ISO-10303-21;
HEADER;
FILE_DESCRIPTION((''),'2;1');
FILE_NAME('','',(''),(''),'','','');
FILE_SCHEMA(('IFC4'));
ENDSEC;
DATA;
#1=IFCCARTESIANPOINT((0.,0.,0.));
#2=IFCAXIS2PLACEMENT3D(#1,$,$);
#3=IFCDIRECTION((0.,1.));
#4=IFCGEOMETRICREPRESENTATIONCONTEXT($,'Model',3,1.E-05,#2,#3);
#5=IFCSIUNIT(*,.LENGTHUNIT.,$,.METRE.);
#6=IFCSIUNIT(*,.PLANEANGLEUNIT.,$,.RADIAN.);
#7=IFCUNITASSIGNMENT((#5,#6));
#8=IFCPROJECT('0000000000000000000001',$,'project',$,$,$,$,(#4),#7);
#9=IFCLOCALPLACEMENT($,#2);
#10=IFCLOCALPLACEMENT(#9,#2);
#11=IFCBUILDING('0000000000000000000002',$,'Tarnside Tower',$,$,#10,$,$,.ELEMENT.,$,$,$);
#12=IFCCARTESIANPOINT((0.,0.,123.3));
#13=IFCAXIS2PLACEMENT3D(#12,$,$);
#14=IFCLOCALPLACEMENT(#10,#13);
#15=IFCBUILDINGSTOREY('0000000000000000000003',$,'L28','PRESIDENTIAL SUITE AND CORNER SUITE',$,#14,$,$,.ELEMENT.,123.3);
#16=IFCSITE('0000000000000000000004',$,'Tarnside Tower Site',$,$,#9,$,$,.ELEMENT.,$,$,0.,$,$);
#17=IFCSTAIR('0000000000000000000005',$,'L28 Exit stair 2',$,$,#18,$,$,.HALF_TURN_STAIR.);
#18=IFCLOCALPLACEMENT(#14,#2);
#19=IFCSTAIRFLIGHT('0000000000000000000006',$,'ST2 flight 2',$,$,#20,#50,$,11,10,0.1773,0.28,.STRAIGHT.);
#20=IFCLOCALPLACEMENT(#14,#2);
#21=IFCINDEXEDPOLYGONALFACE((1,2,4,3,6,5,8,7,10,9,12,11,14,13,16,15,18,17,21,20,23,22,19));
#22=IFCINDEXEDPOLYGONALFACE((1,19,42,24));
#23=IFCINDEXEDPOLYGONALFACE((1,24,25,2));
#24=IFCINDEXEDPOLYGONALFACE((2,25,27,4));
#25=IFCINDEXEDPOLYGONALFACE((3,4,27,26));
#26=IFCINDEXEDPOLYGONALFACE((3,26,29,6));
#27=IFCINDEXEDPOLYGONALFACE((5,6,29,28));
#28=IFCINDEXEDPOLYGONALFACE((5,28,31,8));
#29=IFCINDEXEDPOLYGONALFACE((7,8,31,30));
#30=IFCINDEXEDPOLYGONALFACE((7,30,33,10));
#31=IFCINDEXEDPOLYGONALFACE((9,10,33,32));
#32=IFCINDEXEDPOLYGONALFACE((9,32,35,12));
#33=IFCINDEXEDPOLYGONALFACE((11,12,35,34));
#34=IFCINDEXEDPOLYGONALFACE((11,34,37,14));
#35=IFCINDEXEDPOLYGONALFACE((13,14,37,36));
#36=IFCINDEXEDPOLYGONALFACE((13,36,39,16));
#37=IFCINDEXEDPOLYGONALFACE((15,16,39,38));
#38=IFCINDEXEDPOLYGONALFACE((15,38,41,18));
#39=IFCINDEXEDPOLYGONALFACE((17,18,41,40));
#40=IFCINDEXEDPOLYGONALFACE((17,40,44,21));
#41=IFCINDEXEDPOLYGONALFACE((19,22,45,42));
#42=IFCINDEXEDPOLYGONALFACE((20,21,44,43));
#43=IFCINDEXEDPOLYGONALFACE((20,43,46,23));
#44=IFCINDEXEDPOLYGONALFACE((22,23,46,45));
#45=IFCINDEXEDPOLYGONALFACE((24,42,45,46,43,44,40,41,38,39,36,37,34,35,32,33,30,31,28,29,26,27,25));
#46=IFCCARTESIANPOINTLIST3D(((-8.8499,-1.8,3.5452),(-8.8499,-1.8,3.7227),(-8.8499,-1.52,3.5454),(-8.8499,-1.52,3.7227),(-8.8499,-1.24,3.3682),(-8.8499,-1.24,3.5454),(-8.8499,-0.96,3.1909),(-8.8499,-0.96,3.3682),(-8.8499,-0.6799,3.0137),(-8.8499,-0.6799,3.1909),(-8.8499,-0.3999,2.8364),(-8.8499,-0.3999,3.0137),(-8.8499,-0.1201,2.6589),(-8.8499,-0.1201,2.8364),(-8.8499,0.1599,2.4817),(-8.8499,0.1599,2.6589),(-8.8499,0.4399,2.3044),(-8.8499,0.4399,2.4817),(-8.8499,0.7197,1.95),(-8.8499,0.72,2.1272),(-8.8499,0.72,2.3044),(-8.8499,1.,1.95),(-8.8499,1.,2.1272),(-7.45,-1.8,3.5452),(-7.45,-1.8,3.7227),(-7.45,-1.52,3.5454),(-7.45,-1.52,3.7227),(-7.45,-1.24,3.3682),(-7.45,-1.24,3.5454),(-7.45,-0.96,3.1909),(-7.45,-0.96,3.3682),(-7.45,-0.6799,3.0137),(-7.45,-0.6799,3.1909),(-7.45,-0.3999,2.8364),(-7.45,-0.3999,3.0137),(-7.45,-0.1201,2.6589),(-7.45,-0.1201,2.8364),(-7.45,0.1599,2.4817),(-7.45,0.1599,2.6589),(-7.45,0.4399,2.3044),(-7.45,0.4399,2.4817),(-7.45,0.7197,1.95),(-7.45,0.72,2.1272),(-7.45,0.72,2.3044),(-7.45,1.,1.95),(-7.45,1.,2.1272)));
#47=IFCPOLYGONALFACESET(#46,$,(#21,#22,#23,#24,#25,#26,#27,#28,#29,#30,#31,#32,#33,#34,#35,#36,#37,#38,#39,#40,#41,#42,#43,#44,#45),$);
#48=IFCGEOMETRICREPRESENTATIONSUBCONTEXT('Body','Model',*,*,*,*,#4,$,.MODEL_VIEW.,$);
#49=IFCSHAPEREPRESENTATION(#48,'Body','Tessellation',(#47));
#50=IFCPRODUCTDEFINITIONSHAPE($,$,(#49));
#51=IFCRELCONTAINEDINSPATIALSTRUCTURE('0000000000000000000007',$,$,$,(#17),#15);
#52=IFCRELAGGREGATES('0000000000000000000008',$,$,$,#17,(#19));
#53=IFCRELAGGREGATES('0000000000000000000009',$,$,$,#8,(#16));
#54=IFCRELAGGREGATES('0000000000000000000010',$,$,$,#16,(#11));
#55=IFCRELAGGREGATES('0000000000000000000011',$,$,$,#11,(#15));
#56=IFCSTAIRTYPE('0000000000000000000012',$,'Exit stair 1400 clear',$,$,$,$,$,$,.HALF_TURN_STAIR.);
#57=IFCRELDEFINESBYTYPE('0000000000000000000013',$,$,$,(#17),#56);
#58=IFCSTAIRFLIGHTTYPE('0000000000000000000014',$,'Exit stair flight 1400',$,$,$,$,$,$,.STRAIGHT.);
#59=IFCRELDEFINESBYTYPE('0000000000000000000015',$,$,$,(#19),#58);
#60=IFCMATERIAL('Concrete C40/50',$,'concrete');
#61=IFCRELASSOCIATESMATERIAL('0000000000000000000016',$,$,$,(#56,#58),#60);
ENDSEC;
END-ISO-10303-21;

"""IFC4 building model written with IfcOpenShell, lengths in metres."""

from ifc_helpers import new_model, si_unit, direction, frame, origin, place, context, subcontext, project, spatial, polyline, outline, extrude, material, type_object, element, aggregate, save


model = new_model("IFC4")

# Units and contexts
model_context = context("Model", 3, precision=1e-05, world=origin(), true_north=direction((0.0, 1.0)))
body_context = subcontext(model_context, "Body", "Model", "MODEL_VIEW")
ifc_project = project(units=[si_unit("LENGTHUNIT", "METRE"), si_unit("PLANEANGLEUNIT", "RADIAN")], contexts=[model_context])

# Site, building, storey
site_placement = place(None, origin())
site = spatial("IfcSite", under=ifc_project, at=site_placement, Name="Tarnside Tower Site", CompositionType="ELEMENT", RefElevation=0.0)
building_placement = place(site_placement, origin())
building = spatial("IfcBuilding", under=site, at=building_placement, Name="Tarnside Tower", CompositionType="ELEMENT")
storey_placement = place(building_placement, frame((0.0, 0.0, 123.3)))
storey = spatial("IfcBuildingStorey", under=building, at=storey_placement, Name="L28", Description="PRESIDENTIAL SUITE AND CORNER SUITE", CompositionType="ELEMENT", Elevation=123.3)

# Shared definitions
ifc_material_1 = material(Name="Concrete C40/50", Category="concrete")

# Stair, stair flight
stair_type = type_object("IfcStairType", Name="Exit stair 1400 clear", PredefinedType="HALF_TURN_STAIR", material=ifc_material_1)
stair_placement = place(storey_placement, origin())
stair = element("IfcStair", 1, at=stair_placement, inside=storey, type_object=stair_type, Name="L28 Exit stair 2", PredefinedType="HALF_TURN_STAIR")
stair_flight_type = type_object("IfcStairFlightType", Name="Exit stair flight 1400", PredefinedType="STRAIGHT", material=ifc_material_1)
stair_flight_placement = place(storey_placement, frame((-8.1499, 1.0, 1.95), z_axis=(0.0, 0.0, 1.0), x_axis=(0.0, -1.0, 0.0)))
stair_flight = element("IfcStairFlight", 2, at=stair_flight_placement, type_object=stair_flight_type, Name="ST2 flight 2", NumberOfRisers=11, NumberOfTreads=10, PredefinedType="STRAIGHT", RiserHeight=0.1773, TreadLength=0.28, context=body_context, shape_type="SweptSolid", body=[
    extrude(outline(polyline([(0.0, 0.0), (0.0, 0.1772), (0.28, 0.1772), (0.28, 0.3545), (0.5601, 0.3545), (0.5601, 0.5317), (0.8401, 0.5317), (0.8401, 0.709), (1.1201, 0.709), (1.1201, 0.8865), (1.3999, 0.8865), (1.3999, 1.0637), (1.6799, 1.0637), (1.6799, 1.241), (1.96, 1.241), (1.96, 1.4182), (2.24, 1.4182), (2.24, 1.5955), (2.52, 1.5955), (2.52, 1.7727), (2.8, 1.7727), (2.8, 1.95), (2.8, 1.5952), (0.2803, 0.0), (0.0, 0.0)])), frame((0.0, 0.7, 0.0), z_axis=(0.0, -1.0, 0.0), x_axis=(1.0, 0.0, 0.0)), (0.0, 0.0, 1.0), 1.3999),
])
aggregate(stair, [stair_flight])

save(model, "model.ifc")
